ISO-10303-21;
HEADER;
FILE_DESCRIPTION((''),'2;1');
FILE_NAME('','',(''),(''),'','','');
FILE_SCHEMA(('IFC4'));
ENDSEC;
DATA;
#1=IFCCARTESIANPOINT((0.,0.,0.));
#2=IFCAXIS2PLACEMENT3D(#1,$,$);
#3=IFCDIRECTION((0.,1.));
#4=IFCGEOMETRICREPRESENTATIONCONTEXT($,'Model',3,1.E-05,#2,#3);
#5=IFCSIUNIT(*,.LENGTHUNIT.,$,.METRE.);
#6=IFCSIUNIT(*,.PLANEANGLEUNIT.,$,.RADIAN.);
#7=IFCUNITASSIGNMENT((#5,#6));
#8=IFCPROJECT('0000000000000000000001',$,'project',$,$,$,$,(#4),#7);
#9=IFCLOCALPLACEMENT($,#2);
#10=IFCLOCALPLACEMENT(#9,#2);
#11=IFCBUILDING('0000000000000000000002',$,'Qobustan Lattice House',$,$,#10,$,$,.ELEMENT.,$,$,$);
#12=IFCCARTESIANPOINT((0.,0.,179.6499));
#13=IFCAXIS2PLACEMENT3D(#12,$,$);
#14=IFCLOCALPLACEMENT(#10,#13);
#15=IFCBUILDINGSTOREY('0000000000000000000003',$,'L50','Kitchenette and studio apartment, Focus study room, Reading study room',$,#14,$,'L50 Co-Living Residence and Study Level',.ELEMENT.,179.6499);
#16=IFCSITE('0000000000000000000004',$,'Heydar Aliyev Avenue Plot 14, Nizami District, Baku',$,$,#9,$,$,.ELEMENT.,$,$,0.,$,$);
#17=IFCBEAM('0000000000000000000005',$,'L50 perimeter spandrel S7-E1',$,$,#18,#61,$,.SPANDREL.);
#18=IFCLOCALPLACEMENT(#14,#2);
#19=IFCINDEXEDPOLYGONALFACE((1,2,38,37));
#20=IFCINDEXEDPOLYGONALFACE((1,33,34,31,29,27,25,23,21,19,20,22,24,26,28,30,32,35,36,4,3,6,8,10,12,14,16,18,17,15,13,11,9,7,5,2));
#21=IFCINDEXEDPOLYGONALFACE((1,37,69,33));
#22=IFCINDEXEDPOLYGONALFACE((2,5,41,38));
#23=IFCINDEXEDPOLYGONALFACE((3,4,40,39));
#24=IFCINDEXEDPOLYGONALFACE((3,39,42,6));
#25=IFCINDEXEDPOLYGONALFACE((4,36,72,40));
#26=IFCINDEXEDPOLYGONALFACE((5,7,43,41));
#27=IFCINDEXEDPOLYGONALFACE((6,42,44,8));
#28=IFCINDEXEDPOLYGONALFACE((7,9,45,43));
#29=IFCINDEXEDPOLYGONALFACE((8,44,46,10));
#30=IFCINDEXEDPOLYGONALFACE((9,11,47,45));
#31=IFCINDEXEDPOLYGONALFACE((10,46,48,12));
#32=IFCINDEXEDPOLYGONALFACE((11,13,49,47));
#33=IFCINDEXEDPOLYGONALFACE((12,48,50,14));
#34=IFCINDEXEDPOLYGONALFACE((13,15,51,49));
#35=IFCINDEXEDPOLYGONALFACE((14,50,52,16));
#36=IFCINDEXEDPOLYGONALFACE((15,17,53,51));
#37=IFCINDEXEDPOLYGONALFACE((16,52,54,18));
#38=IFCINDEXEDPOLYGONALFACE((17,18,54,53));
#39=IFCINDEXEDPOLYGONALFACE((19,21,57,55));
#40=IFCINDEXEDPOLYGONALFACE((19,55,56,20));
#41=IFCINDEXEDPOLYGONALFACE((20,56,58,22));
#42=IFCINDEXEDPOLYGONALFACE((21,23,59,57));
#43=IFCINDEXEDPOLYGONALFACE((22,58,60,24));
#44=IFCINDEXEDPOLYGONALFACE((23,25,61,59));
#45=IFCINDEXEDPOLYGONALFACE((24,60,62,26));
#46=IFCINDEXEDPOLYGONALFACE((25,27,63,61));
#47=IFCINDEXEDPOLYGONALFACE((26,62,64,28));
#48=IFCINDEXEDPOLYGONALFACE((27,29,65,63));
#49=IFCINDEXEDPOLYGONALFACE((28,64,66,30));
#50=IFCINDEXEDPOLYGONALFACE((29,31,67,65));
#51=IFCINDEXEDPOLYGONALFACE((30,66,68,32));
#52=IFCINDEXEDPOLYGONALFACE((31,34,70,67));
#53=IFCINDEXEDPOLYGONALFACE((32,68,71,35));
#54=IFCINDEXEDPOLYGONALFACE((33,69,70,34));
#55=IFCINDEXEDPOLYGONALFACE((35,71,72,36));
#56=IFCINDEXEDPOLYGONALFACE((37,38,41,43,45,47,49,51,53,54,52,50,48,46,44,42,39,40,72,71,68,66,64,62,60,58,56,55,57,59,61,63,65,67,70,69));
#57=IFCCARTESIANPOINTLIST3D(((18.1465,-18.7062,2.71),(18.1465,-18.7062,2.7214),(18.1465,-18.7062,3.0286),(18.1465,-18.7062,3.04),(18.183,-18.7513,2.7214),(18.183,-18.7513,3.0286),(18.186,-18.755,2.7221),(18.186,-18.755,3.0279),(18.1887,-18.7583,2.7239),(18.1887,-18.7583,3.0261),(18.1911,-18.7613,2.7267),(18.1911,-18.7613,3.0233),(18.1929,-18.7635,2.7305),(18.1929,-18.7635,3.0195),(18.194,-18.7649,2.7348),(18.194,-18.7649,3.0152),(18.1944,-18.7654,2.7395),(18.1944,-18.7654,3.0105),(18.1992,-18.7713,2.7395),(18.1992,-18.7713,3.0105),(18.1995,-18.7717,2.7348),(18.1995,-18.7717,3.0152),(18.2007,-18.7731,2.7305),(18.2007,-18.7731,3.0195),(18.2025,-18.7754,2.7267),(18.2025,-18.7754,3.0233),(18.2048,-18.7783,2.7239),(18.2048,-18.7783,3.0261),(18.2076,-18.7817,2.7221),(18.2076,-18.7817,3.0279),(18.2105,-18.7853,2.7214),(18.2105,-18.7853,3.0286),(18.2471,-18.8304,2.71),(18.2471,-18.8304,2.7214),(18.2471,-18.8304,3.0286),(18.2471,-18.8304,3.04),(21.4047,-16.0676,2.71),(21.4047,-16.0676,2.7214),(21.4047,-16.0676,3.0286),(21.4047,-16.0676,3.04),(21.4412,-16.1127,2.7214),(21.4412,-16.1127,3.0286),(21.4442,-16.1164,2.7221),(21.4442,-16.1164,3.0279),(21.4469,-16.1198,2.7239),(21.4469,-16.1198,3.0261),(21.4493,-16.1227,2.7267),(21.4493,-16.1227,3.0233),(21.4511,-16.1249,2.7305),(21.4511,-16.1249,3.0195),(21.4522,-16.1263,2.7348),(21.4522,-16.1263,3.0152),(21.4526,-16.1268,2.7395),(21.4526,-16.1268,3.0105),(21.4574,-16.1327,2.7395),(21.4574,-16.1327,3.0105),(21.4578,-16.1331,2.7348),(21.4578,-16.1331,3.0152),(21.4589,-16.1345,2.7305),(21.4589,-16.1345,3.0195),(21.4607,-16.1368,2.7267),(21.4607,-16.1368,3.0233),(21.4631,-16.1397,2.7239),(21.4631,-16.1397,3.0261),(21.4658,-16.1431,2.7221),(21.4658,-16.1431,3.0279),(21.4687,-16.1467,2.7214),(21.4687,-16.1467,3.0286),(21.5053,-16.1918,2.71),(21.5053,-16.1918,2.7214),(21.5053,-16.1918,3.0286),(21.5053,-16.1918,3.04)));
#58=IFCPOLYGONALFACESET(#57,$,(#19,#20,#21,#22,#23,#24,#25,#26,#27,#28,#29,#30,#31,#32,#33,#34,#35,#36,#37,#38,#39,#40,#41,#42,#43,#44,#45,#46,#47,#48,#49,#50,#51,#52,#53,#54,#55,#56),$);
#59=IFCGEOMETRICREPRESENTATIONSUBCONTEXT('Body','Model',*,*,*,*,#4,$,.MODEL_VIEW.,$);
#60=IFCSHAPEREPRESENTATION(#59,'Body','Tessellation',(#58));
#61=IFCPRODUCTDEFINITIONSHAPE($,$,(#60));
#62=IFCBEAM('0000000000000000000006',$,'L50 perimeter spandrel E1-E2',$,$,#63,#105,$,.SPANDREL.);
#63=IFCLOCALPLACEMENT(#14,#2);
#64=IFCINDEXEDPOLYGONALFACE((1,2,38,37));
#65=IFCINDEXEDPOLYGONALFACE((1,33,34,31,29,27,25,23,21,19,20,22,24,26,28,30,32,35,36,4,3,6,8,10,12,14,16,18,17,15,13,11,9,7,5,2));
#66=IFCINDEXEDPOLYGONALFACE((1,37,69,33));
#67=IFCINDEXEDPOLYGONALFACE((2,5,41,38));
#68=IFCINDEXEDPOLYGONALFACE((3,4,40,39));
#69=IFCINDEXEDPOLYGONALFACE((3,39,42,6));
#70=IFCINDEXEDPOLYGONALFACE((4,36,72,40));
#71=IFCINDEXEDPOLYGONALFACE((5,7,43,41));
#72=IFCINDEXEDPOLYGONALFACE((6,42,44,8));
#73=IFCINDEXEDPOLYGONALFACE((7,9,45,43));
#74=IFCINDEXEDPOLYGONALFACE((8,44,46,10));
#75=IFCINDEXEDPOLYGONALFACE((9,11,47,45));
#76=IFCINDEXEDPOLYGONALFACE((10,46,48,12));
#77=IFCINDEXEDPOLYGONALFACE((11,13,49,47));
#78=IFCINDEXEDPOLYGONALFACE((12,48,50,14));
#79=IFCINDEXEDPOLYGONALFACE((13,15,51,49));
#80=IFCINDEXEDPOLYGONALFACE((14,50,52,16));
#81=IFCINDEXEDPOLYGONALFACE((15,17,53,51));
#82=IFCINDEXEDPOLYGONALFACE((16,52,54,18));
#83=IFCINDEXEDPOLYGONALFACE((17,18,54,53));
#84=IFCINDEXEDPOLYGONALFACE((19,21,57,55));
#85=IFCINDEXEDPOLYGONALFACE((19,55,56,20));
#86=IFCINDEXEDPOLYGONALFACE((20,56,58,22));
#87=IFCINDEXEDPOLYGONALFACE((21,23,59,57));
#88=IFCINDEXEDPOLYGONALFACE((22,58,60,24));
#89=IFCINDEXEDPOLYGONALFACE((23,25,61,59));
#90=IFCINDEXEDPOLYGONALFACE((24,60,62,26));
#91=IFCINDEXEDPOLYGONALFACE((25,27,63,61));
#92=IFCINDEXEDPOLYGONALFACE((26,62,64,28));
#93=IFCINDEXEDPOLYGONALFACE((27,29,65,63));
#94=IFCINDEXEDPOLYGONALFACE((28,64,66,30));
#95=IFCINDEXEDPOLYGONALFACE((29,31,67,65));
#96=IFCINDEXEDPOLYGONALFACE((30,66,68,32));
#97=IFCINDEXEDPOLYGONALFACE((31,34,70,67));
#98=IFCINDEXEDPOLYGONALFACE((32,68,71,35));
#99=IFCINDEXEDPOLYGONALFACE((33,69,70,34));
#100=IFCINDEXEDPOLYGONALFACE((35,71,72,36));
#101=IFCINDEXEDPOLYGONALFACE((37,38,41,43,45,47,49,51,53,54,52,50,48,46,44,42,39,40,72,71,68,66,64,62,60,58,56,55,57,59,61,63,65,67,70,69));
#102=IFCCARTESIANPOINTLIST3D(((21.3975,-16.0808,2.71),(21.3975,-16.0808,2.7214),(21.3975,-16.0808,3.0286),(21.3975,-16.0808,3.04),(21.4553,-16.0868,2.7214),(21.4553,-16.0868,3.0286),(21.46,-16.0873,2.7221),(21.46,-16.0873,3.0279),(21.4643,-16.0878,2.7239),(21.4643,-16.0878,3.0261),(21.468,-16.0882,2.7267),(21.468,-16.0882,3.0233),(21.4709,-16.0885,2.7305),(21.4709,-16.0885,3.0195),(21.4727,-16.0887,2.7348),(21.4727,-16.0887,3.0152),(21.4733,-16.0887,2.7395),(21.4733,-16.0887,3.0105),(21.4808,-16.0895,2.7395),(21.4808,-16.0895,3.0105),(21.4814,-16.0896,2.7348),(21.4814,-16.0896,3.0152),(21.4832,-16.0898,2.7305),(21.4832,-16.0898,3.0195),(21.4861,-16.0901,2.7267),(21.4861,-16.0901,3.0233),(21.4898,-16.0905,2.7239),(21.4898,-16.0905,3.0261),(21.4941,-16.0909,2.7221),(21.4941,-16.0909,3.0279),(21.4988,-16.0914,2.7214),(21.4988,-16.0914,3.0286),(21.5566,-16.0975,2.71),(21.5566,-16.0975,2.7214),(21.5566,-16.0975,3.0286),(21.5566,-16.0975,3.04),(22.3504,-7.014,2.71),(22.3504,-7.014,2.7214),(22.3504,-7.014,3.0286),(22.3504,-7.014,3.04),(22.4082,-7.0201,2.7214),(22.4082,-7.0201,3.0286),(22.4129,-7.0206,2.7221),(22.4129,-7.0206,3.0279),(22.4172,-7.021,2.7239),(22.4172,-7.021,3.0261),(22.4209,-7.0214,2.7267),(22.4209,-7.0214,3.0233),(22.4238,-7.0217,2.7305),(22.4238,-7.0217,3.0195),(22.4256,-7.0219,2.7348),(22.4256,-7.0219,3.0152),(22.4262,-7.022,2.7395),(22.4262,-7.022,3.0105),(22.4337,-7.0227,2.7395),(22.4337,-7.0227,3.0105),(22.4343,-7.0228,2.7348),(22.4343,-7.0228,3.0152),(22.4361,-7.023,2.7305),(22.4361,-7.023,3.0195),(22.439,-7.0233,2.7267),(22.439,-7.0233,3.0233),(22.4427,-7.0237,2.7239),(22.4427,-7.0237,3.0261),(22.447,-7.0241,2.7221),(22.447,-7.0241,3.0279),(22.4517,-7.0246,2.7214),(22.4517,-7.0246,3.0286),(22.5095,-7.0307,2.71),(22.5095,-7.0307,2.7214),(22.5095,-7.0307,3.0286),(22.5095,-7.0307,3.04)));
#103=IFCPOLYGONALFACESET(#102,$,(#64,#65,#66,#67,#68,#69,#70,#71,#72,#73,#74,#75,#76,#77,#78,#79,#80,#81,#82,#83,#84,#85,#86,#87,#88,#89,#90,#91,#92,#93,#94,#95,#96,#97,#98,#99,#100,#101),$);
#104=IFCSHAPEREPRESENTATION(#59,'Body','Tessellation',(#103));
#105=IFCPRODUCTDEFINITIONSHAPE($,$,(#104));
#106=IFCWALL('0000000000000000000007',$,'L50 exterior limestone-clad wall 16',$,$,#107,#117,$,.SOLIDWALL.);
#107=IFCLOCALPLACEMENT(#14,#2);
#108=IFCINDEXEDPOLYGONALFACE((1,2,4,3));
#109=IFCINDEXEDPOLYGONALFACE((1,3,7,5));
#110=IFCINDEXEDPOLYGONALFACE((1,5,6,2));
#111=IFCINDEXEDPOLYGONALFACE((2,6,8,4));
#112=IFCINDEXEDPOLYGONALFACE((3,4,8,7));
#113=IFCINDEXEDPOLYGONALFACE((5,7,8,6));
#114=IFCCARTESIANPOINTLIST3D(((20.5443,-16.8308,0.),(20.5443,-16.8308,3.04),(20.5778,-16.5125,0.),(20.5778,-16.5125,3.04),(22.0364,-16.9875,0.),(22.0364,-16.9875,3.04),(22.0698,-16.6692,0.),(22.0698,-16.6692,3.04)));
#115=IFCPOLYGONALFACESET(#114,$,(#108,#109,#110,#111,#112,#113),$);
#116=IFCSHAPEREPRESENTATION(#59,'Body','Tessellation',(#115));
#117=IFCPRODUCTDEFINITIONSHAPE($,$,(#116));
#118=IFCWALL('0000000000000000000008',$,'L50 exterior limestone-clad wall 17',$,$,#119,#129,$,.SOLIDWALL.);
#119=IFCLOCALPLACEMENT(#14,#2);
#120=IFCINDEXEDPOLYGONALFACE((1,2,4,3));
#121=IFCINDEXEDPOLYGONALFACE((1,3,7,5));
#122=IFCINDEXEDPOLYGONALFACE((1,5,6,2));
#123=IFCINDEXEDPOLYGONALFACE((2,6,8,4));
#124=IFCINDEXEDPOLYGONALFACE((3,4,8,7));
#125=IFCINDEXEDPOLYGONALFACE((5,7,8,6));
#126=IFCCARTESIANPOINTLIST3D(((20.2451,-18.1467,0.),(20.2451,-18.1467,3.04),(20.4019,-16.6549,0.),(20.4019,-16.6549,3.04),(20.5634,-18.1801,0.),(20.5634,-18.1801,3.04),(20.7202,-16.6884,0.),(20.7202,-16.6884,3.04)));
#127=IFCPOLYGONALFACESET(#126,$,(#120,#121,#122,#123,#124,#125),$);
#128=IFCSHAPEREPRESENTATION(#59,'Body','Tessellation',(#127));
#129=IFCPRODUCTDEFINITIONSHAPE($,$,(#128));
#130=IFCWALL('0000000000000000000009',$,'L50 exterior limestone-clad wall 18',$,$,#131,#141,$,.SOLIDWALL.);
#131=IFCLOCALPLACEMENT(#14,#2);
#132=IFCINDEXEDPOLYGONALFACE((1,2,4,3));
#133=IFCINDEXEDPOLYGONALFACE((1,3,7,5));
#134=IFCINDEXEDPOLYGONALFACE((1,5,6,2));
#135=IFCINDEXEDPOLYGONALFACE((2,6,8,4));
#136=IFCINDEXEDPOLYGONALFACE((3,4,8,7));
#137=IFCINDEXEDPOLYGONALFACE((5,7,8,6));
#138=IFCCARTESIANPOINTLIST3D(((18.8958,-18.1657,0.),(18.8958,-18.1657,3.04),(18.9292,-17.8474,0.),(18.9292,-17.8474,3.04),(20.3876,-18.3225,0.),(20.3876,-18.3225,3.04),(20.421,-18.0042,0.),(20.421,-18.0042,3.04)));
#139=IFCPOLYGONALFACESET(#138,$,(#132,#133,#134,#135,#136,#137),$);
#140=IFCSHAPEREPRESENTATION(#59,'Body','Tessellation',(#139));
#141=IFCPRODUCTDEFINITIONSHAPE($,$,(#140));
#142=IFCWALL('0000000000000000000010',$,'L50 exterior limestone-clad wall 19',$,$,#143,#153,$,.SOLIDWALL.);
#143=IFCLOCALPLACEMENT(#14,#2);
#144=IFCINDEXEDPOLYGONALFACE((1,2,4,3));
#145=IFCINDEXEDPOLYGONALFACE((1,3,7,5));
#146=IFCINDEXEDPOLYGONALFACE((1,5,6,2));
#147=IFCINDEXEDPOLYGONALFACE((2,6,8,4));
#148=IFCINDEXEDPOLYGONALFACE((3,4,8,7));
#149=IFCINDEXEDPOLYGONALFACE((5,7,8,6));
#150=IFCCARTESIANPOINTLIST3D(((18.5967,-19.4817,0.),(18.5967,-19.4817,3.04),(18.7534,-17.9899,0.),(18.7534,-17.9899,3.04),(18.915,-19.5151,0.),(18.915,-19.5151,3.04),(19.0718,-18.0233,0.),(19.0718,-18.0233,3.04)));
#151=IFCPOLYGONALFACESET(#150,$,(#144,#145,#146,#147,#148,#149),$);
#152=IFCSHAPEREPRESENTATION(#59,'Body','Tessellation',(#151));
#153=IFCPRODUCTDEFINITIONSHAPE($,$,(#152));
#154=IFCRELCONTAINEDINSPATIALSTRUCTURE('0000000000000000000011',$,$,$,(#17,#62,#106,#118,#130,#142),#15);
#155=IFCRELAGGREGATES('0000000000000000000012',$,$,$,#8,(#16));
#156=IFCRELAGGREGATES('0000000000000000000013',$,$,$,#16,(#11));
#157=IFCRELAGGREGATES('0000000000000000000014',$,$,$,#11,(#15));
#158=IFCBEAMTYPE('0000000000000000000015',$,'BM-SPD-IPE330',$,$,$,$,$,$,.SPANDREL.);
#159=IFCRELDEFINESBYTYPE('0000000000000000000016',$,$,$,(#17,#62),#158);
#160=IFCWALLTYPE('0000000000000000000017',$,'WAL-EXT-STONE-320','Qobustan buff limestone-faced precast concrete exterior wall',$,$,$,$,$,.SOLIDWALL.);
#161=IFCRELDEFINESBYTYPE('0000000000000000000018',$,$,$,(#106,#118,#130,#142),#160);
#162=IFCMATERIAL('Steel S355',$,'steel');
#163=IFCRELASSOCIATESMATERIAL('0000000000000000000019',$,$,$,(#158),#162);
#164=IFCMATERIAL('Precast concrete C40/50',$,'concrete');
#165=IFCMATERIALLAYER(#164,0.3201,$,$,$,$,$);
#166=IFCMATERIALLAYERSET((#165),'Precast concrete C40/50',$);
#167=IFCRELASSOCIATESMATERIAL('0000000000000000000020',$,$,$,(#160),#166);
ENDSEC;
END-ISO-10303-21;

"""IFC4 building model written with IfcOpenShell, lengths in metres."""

from ifc_helpers import new_model, si_unit, direction, frame, frame_2d, origin, origin_2d, place, context, subcontext, project, spatial, rectangle, i_section, extrude, material, layer, layer_set, material_profile, profile_set, type_object, element, save


model = new_model("IFC4")

# Units and contexts
model_context = context("Model", 3, precision=1e-05, world=origin(), true_north=direction((0.0, 1.0)))
body_context = subcontext(model_context, "Body", "Model", "MODEL_VIEW")
ifc_project = project(units=[si_unit("LENGTHUNIT", "METRE"), si_unit("PLANEANGLEUNIT", "RADIAN")], contexts=[model_context])

# Site, building, storey
site_placement = place(None, origin())
site = spatial("IfcSite", under=ifc_project, at=site_placement, Name="Heydar Aliyev Avenue Plot 14, Nizami District, Baku", CompositionType="ELEMENT", RefElevation=0.0)
building_placement = place(site_placement, origin())
building = spatial("IfcBuilding", under=site, at=building_placement, Name="Qobustan Lattice House", CompositionType="ELEMENT")
storey_placement = place(building_placement, frame((0.0, 0.0, 179.6499)))
storey = spatial("IfcBuildingStorey", under=building, at=storey_placement, Name="L50", Description="Kitchenette and studio apartment, Focus study room, Reading study room", LongName="L50 Co-Living Residence and Study Level", CompositionType="ELEMENT", Elevation=179.6499)

# Beams
ifc_material_1 = material(Name="Steel S355", Category="steel")
ifc_material_profile_1 = material_profile(ifc_material_1, i_section(OverallWidth=0.1599, OverallDepth=0.3301, WebThickness=0.0076, FlangeThickness=0.0115, FilletRadius=0.0181, at=origin_2d()), Name="IPE330")
ifc_profile_set_1 = profile_set([ifc_material_profile_1], Name="Steel S355")
beam_type_1 = type_object("IfcBeamType", Name="BM-SPD-IPE330", PredefinedType="SPANDREL", material=ifc_profile_set_1)
beam_1_placement = place(storey_placement, frame((18.1968, -18.7683, 2.875), z_axis=(0.777128, 0.629342, 0.0), x_axis=(-0.629342, 0.777128, 0.0)))
element("IfcBeam", 1, at=beam_1_placement, inside=storey, type_object=beam_type_1, Name="L50 perimeter spandrel S7-E1", PredefinedType="SPANDREL", context=body_context, shape_type="SweptSolid", body=[
    extrude(i_section(OverallWidth=0.1599, OverallDepth=0.3301, WebThickness=0.0076, FlangeThickness=0.0115, FilletRadius=0.0181, at=origin_2d()), origin(), (0.0, 0.0, 1.0), 4.1926),
])
beam_2_placement = place(storey_placement, frame((21.4771, -16.0891, 2.875), z_axis=(0.104522, 0.994523, 0.0), x_axis=(-0.994523, 0.104522, 0.0)))
element("IfcBeam", 2, at=beam_2_placement, inside=storey, type_object=beam_type_1, Name="L50 perimeter spandrel E1-E2", PredefinedType="SPANDREL", context=body_context, shape_type="SweptSolid", body=[
    extrude(i_section(OverallWidth=0.1599, OverallDepth=0.3301, WebThickness=0.0076, FlangeThickness=0.0115, FilletRadius=0.0181, at=origin_2d()), origin(), (0.0, 0.0, 1.0), 9.1167),
])

# Walls
ifc_material_2 = material(Name="Precast concrete C40/50", Category="concrete")
ifc_layer_1 = layer(ifc_material_2, 0.3201)
ifc_layer_set_1 = layer_set([ifc_layer_1], Name="Precast concrete C40/50")
wall_type_1 = type_object("IfcWallType", Name="WAL-EXT-STONE-320", Description="Qobustan buff limestone-faced precast concrete exterior wall", PredefinedType="SOLIDWALL", material=ifc_layer_set_1)
wall_1_placement = place(storey_placement, frame((22.053, -16.8284, 0.0), z_axis=(0.0, 0.0, 1.0), x_axis=(-0.994527, 0.104481, 0.0)))
element("IfcWall", 3, at=wall_1_placement, inside=storey, type_object=wall_type_1, Name="L50 exterior limestone-clad wall 16", PredefinedType="SOLIDWALL", context=body_context, shape_type="SweptSolid", body=[
    extrude(rectangle(XDim=1.5002, YDim=0.3201, at=frame_2d((0.75, 0.0))), origin(), (0.0, 0.0, 1.0), 3.04),
])
for number, where, z_axis, x_axis, name in (
    (4, (20.561, -16.6716, 0.0), (0.0, 0.0, 1.0), (-0.104498, -0.994525, 0.0), "L50 exterior limestone-clad wall 17"),
    (5, (20.4043, -18.1633, 0.0), (0.0, 0.0, 1.0), (-0.994525, 0.104498, 0.0), "L50 exterior limestone-clad wall 18"),
    (6, (18.9126, -18.0066, 0.0), (0.0, 0.0, 1.0), (-0.104498, -0.994525, 0.0), "L50 exterior limestone-clad wall 19"),
):
    element("IfcWall", number, at=place(storey_placement, frame(where, z_axis=z_axis, x_axis=x_axis)), inside=storey, type_object=wall_type_1, Name=name, PredefinedType="SOLIDWALL", context=body_context, shape_type="SweptSolid", body=[
        extrude(rectangle(XDim=1.5, YDim=0.3201, at=frame_2d((0.75, 0.0))), origin(), (0.0, 0.0, 1.0), 3.04),
    ])

save(model, "model.ifc")
